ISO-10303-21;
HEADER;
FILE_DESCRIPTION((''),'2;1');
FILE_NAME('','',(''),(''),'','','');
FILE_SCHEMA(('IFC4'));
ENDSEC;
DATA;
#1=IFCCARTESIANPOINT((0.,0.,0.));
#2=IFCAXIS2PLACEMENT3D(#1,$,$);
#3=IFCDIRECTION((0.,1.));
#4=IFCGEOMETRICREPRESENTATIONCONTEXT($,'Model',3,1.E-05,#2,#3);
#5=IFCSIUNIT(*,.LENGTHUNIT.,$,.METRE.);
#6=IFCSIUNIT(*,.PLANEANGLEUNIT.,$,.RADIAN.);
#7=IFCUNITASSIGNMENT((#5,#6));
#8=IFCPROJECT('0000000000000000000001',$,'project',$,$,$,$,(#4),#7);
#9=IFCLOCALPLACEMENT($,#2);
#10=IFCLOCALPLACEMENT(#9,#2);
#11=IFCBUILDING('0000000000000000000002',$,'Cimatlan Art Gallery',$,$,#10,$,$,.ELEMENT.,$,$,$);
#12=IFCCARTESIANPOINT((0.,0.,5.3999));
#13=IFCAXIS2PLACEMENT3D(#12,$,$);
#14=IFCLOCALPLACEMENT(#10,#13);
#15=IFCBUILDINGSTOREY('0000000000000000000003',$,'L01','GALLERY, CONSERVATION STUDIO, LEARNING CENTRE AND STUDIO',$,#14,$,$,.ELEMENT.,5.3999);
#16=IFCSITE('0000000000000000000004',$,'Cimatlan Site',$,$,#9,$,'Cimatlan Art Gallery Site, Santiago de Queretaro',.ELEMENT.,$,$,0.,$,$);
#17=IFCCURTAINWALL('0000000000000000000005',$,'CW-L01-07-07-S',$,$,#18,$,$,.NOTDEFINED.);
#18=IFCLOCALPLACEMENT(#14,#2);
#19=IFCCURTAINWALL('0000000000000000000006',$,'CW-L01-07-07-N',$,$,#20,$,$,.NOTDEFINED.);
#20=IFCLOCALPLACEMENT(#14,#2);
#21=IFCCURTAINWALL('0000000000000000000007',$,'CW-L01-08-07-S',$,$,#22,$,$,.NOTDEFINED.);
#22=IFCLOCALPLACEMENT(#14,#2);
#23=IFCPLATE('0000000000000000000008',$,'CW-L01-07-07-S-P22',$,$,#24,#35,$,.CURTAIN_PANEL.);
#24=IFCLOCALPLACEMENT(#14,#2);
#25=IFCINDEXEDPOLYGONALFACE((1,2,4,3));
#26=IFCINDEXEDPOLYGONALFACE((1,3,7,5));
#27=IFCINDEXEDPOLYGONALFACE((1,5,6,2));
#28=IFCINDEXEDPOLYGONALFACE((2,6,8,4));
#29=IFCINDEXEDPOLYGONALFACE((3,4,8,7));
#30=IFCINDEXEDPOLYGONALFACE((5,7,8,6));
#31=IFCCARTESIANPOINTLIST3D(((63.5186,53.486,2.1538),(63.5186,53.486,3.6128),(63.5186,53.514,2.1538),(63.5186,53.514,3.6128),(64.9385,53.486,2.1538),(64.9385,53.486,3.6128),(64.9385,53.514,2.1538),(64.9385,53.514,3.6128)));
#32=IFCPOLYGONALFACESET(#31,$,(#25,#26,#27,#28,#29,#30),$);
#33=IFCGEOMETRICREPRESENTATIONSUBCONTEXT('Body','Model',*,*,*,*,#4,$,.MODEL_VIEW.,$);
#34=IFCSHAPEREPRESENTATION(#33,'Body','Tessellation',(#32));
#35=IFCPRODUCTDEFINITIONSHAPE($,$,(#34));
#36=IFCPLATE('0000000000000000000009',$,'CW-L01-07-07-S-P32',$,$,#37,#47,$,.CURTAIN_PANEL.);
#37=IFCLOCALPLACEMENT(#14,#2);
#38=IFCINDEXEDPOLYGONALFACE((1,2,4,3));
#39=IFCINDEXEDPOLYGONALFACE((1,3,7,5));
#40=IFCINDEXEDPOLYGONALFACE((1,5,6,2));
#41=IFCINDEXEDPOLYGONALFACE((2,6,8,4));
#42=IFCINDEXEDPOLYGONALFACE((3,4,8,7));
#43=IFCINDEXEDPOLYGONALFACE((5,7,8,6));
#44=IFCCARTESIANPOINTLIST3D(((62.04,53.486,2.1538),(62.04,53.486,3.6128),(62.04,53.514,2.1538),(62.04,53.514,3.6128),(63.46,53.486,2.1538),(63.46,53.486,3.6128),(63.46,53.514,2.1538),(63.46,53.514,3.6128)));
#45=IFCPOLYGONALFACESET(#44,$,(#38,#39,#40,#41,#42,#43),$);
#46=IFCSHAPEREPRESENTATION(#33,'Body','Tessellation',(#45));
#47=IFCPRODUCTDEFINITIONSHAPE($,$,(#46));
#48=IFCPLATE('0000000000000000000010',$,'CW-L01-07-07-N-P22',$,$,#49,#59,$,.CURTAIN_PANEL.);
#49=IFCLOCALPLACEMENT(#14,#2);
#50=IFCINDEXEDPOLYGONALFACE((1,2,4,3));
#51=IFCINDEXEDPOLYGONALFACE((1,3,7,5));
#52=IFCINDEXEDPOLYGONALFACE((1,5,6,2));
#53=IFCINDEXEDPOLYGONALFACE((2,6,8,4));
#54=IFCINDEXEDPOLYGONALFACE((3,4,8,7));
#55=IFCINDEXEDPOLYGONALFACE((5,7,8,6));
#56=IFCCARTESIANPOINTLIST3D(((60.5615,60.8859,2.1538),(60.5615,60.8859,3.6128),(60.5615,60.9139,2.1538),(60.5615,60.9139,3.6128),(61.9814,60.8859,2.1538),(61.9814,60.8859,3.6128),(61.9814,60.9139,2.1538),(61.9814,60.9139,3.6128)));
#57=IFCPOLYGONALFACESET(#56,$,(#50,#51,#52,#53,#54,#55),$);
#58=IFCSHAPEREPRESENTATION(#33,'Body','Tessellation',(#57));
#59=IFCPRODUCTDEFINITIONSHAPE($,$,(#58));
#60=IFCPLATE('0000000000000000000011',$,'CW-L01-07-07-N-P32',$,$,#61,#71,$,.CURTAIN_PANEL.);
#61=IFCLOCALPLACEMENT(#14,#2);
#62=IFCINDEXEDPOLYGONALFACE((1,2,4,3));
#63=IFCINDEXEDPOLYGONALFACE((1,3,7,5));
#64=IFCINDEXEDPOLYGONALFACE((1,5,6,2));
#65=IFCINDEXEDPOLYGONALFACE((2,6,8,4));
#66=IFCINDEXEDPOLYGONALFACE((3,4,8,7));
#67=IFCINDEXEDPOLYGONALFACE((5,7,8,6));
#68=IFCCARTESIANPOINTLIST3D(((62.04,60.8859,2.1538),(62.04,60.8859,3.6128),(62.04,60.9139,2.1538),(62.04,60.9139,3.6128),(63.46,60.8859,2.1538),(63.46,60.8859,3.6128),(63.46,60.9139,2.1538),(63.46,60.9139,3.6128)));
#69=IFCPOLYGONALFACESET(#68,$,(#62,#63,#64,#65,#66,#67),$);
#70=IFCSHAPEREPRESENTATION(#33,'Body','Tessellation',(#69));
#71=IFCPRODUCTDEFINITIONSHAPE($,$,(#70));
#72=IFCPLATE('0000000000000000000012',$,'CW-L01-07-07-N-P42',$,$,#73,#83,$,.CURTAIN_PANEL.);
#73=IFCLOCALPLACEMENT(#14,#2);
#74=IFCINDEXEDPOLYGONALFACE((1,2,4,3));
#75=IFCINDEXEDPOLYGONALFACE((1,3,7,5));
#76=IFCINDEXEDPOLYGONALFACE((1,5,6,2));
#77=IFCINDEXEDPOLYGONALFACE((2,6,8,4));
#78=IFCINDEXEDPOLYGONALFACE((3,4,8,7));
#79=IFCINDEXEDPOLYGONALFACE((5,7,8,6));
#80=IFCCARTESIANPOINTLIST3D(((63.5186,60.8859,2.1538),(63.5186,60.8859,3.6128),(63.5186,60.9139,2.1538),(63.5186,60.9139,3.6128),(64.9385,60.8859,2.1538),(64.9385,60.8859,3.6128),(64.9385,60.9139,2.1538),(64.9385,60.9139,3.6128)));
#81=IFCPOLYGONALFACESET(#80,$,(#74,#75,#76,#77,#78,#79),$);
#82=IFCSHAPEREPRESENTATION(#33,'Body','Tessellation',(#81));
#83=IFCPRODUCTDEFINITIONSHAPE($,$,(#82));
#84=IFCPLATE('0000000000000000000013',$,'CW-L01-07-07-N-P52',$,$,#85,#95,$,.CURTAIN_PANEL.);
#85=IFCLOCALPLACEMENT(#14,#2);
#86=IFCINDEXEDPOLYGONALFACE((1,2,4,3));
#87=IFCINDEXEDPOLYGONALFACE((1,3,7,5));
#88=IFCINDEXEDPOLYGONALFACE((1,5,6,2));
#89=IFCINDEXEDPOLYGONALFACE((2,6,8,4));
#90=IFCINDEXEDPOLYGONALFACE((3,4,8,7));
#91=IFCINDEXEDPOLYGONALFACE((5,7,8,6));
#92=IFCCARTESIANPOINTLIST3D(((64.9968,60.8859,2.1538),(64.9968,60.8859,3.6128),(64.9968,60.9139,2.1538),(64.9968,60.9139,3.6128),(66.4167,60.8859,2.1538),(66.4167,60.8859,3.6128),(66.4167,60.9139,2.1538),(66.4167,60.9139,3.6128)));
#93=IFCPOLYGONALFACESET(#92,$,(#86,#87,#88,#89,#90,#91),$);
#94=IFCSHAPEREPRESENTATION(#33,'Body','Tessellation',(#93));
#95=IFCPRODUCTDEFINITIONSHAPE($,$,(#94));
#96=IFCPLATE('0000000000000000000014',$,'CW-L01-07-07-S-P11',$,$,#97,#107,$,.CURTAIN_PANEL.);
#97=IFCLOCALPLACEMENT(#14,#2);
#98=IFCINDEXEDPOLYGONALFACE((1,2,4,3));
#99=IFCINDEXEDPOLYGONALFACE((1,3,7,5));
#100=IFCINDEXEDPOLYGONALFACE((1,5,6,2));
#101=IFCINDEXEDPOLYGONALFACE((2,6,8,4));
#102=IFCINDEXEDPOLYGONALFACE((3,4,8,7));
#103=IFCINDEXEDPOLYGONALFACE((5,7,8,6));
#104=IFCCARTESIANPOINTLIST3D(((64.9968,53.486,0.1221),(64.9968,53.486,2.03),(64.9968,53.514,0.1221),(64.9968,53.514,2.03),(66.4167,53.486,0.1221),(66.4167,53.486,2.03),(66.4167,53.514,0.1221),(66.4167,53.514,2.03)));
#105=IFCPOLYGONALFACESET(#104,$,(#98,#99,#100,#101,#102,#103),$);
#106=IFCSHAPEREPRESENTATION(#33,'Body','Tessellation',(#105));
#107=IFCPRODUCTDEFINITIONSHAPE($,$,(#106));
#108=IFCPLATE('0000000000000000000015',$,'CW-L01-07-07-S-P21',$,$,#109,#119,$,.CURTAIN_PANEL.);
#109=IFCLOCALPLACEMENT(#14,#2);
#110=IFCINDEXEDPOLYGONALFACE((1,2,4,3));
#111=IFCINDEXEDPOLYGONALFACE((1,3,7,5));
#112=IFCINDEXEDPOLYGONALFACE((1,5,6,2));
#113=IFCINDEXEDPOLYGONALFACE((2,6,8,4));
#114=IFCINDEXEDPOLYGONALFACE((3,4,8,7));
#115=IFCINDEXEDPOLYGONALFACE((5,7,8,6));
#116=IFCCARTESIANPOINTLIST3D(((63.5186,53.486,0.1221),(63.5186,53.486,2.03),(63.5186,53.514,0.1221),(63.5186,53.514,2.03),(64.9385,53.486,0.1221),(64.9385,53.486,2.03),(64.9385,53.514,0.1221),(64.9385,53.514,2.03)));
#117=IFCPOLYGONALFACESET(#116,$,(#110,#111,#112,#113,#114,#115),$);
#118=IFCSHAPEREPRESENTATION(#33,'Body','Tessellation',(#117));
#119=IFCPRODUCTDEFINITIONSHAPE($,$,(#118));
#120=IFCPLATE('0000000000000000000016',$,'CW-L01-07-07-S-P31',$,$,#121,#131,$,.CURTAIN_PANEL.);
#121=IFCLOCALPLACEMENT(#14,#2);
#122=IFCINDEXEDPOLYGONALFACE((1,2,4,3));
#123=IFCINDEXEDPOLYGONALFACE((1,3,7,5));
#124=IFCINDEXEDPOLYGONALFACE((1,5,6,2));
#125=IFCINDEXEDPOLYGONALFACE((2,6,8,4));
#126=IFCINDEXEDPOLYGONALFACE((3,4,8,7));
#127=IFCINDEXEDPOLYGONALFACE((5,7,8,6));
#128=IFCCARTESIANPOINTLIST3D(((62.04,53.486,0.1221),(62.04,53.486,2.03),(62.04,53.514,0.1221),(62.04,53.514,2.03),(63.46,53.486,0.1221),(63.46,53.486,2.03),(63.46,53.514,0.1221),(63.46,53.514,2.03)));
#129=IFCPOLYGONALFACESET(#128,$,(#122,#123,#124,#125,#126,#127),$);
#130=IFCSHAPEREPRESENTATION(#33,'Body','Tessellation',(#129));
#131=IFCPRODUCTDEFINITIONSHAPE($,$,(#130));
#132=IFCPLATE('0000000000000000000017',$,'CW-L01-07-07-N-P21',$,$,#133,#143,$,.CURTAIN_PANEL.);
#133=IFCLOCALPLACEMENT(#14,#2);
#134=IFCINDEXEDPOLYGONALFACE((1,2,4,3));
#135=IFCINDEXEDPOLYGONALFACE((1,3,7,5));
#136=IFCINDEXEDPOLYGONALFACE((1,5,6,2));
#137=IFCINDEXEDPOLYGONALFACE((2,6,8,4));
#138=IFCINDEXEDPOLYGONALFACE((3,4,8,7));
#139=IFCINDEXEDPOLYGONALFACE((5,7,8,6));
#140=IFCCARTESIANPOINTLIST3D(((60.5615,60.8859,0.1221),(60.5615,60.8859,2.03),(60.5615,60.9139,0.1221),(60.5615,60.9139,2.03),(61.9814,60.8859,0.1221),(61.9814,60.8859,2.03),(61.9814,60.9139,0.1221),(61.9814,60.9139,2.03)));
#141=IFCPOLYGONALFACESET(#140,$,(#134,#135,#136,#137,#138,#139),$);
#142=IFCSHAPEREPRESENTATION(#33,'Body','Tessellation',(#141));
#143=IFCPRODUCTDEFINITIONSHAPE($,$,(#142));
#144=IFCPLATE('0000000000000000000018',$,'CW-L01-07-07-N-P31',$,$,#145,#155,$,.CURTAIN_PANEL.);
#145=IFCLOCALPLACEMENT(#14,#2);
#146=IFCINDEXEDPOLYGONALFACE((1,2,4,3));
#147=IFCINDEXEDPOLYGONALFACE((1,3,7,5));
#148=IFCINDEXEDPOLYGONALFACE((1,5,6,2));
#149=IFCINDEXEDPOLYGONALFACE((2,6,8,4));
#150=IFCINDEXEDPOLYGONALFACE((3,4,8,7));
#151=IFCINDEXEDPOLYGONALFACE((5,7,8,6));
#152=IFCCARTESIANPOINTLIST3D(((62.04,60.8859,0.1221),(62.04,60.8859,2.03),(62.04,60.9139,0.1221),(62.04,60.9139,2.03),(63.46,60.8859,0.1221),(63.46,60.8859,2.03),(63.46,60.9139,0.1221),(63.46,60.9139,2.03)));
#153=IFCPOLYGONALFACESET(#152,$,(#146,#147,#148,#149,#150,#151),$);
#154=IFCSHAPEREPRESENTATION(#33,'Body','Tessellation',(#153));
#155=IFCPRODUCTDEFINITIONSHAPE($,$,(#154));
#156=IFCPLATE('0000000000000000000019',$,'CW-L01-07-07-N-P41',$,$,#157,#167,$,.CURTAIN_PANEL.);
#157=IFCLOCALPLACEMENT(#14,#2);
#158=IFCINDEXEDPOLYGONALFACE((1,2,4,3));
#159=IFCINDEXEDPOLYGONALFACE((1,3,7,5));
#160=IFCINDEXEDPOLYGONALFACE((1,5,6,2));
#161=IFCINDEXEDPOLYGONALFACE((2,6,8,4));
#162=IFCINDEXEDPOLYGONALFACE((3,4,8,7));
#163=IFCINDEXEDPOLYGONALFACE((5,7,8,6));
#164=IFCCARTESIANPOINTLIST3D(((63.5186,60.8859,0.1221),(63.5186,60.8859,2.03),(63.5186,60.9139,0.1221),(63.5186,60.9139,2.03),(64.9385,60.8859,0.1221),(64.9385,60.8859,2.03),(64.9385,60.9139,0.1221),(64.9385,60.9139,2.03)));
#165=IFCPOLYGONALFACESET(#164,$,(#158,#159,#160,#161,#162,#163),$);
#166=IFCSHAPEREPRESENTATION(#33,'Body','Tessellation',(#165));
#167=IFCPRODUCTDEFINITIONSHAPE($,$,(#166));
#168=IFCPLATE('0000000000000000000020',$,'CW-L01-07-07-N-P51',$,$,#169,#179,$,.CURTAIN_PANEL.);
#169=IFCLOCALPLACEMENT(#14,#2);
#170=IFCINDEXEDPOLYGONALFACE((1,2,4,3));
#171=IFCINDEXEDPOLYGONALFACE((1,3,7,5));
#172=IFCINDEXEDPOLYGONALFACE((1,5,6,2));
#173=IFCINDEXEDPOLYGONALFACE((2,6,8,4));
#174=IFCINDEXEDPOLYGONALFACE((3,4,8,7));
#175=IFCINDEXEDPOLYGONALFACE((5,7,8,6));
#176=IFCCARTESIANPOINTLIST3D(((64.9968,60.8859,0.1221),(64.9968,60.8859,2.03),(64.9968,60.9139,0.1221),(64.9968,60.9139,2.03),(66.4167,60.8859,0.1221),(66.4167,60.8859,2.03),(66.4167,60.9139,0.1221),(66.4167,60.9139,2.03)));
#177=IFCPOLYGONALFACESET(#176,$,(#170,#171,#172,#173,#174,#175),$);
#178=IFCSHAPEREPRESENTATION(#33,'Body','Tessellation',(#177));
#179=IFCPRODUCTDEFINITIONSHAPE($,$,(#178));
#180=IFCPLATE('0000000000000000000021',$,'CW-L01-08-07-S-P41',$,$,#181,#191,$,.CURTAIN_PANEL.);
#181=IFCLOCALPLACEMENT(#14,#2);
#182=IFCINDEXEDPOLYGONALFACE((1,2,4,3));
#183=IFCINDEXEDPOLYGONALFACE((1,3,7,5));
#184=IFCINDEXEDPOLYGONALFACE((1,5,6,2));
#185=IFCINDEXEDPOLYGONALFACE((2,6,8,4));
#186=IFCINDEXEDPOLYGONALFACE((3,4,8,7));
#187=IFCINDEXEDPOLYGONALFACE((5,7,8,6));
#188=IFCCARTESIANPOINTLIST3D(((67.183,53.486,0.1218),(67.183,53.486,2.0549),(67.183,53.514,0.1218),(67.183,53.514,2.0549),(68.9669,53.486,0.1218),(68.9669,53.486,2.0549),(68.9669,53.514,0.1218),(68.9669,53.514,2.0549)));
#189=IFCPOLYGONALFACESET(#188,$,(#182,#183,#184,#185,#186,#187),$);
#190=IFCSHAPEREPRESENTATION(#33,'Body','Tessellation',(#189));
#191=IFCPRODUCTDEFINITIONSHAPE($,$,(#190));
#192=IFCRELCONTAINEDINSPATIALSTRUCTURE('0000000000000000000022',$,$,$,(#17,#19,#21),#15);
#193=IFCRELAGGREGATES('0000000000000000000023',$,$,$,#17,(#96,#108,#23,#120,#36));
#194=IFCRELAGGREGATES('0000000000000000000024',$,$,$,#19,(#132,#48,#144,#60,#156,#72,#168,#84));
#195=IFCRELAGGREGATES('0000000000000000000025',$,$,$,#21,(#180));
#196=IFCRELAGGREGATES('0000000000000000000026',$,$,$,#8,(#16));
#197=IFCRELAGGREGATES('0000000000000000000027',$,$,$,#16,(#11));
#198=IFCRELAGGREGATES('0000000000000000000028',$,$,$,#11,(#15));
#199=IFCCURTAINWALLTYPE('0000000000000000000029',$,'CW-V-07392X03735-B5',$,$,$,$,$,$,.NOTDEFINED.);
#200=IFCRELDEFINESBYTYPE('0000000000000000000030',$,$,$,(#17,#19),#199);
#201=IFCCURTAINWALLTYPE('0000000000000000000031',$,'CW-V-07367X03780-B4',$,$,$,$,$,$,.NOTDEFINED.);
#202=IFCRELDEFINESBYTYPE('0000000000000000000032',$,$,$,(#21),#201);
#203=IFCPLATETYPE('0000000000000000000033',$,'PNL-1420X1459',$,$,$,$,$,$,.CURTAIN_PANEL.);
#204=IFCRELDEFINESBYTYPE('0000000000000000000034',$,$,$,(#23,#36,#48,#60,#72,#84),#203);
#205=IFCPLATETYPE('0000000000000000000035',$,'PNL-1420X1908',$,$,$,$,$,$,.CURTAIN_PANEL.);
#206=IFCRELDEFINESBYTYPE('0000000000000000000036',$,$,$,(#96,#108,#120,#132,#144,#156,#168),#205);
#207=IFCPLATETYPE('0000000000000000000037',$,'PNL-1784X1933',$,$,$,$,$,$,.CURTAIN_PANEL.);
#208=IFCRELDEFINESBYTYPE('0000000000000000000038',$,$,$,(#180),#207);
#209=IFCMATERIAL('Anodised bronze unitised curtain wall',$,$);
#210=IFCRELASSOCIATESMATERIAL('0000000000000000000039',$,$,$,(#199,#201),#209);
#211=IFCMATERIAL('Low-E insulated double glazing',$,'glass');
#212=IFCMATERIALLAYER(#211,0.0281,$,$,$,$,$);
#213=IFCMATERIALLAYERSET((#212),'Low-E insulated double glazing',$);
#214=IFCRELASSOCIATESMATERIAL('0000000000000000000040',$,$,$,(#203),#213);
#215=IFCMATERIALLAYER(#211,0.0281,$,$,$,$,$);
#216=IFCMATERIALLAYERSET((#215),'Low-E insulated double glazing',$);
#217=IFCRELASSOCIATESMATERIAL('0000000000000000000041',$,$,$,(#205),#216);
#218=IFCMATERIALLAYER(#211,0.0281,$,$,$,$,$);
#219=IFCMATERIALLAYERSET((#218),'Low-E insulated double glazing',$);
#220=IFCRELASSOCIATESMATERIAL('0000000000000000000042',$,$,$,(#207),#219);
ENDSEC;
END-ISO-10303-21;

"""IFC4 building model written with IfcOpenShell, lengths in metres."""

from ifc_helpers import new_model, si_unit, direction, frame, origin, origin_2d, place, context, subcontext, project, spatial, rectangle, extrude, material, layer, layer_set, type_object, element, aggregate, save


model = new_model("IFC4")

# Units and contexts
model_context = context("Model", 3, precision=1e-05, world=origin(), true_north=direction((0.0, 1.0)))
body_context = subcontext(model_context, "Body", "Model", "MODEL_VIEW")
ifc_project = project(units=[si_unit("LENGTHUNIT", "METRE"), si_unit("PLANEANGLEUNIT", "RADIAN")], contexts=[model_context])

# Site, building, storey
site_placement = place(None, origin())
site = spatial("IfcSite", under=ifc_project, at=site_placement, Name="Cimatlan Site", LongName="Cimatlan Art Gallery Site, Santiago de Queretaro", CompositionType="ELEMENT", RefElevation=0.0)
building_placement = place(site_placement, origin())
building = spatial("IfcBuilding", under=site, at=building_placement, Name="Cimatlan Art Gallery", CompositionType="ELEMENT")
storey_placement = place(building_placement, frame((0.0, 0.0, 5.3999)))
storey = spatial("IfcBuildingStorey", under=building, at=storey_placement, Name="L01", Description="GALLERY, CONSERVATION STUDIO, LEARNING CENTRE AND STUDIO", CompositionType="ELEMENT", Elevation=5.3999)

# Curtain walls
ifc_material_1 = material(Name="Anodised bronze unitised curtain wall")
curtain_wall_type_1 = type_object("IfcCurtainWallType", Name="CW-V-07392X03735-B5", PredefinedType="NOTDEFINED", material=ifc_material_1)
curtain_wall_1_placement = place(storey_placement, origin())
curtain_wall_1 = element("IfcCurtainWall", 1, at=curtain_wall_1_placement, inside=storey, type_object=curtain_wall_type_1, Name="CW-L01-07-07-S", PredefinedType="NOTDEFINED")
curtain_wall_2_placement = place(storey_placement, origin())
curtain_wall_2 = element("IfcCurtainWall", 2, at=curtain_wall_2_placement, inside=storey, type_object=curtain_wall_type_1, Name="CW-L01-07-07-N", PredefinedType="NOTDEFINED")

# Curtain wall
curtain_wall_type_2 = type_object("IfcCurtainWallType", Name="CW-V-07367X03780-B4", PredefinedType="NOTDEFINED", material=ifc_material_1)
curtain_wall_3_placement = place(storey_placement, origin())
curtain_wall_3 = element("IfcCurtainWall", 3, at=curtain_wall_3_placement, inside=storey, type_object=curtain_wall_type_2, Name="CW-L01-08-07-S", PredefinedType="NOTDEFINED")

# Plates
ifc_material_2 = material(Name="Low-E insulated double glazing", Category="glass")
ifc_layer_1 = layer(ifc_material_2, 0.0281)
ifc_layer_set_1 = layer_set([ifc_layer_1], Name="Low-E insulated double glazing")
plate_type_1 = type_object("IfcPlateType", Name="PNL-1420X1459", PredefinedType="CURTAIN_PANEL", material=ifc_layer_set_1)
plate_1_placement = place(storey_placement, frame((64.2285, 53.5, 2.1538), z_axis=(0.0, 0.0, 1.0), x_axis=(-1.0, 0.0, 0.0)))
plate_1 = element("IfcPlate", 4, at=plate_1_placement, type_object=plate_type_1, Name="CW-L01-07-07-S-P22", PredefinedType="CURTAIN_PANEL", context=body_context, shape_type="SweptSolid", body=[
    extrude(rectangle(XDim=1.4199, YDim=0.0281, at=origin_2d()), origin(), (0.0, 0.0, 1.0), 1.459),
])
plate_2_placement = place(storey_placement, frame((62.75, 53.5, 2.1538), z_axis=(0.0, 0.0, 1.0), x_axis=(-1.0, 0.0, 0.0)))
plate_2 = element("IfcPlate", 5, at=plate_2_placement, type_object=plate_type_1, Name="CW-L01-07-07-S-P32", PredefinedType="CURTAIN_PANEL", context=body_context, shape_type="SweptSolid", body=[
    extrude(rectangle(XDim=1.4199, YDim=0.0281, at=origin_2d()), origin(), (0.0, 0.0, 1.0), 1.459),
])
plate_3_placement = place(storey_placement, frame((61.2715, 60.8999, 2.1538), z_axis=(0.0, 0.0, 1.0), x_axis=(1.0, 0.0, 0.0)))
plate_3 = element("IfcPlate", 6, at=plate_3_placement, type_object=plate_type_1, Name="CW-L01-07-07-N-P22", PredefinedType="CURTAIN_PANEL", context=body_context, shape_type="SweptSolid", body=[
    extrude(rectangle(XDim=1.4199, YDim=0.0281, at=origin_2d()), origin(), (0.0, 0.0, 1.0), 1.459),
])
plate_4_placement = place(storey_placement, frame((62.75, 60.8999, 2.1538), z_axis=(0.0, 0.0, 1.0), x_axis=(1.0, 0.0, 0.0)))
plate_4 = element("IfcPlate", 7, at=plate_4_placement, type_object=plate_type_1, Name="CW-L01-07-07-N-P32", PredefinedType="CURTAIN_PANEL", context=body_context, shape_type="SweptSolid", body=[
    extrude(rectangle(XDim=1.4199, YDim=0.0281, at=origin_2d()), origin(), (0.0, 0.0, 1.0), 1.459),
])
plate_5_placement = place(storey_placement, frame((64.2285, 60.8999, 2.1538), z_axis=(0.0, 0.0, 1.0), x_axis=(1.0, 0.0, 0.0)))
plate_5 = element("IfcPlate", 8, at=plate_5_placement, type_object=plate_type_1, Name="CW-L01-07-07-N-P42", PredefinedType="CURTAIN_PANEL", context=body_context, shape_type="SweptSolid", body=[
    extrude(rectangle(XDim=1.4199, YDim=0.0281, at=origin_2d()), origin(), (0.0, 0.0, 1.0), 1.459),
])
plate_6_placement = place(storey_placement, frame((65.7068, 60.8999, 2.1538), z_axis=(0.0, 0.0, 1.0), x_axis=(1.0, 0.0, 0.0)))
plate_6 = element("IfcPlate", 9, at=plate_6_placement, type_object=plate_type_1, Name="CW-L01-07-07-N-P52", PredefinedType="CURTAIN_PANEL", context=body_context, shape_type="SweptSolid", body=[
    extrude(rectangle(XDim=1.4199, YDim=0.0281, at=origin_2d()), origin(), (0.0, 0.0, 1.0), 1.459),
])
ifc_layer_2 = layer(ifc_material_2, 0.0281)
ifc_layer_set_2 = layer_set([ifc_layer_2], Name="Low-E insulated double glazing")
plate_type_2 = type_object("IfcPlateType", Name="PNL-1420X1908", PredefinedType="CURTAIN_PANEL", material=ifc_layer_set_2)
plate_7_placement = place(storey_placement, frame((65.7068, 53.5, 0.1221), z_axis=(0.0, 0.0, 1.0), x_axis=(-1.0, 0.0, 0.0)))
plate_7 = element("IfcPlate", 10, at=plate_7_placement, type_object=plate_type_2, Name="CW-L01-07-07-S-P11", PredefinedType="CURTAIN_PANEL", context=body_context, shape_type="SweptSolid", body=[
    extrude(rectangle(XDim=1.4199, YDim=0.0281, at=origin_2d()), origin(), (0.0, 0.0, 1.0), 1.908),
])
plate_8_placement = place(storey_placement, frame((64.2285, 53.5, 0.1221), z_axis=(0.0, 0.0, 1.0), x_axis=(-1.0, 0.0, 0.0)))
plate_8 = element("IfcPlate", 11, at=plate_8_placement, type_object=plate_type_2, Name="CW-L01-07-07-S-P21", PredefinedType="CURTAIN_PANEL", context=body_context, shape_type="SweptSolid", body=[
    extrude(rectangle(XDim=1.4199, YDim=0.0281, at=origin_2d()), origin(), (0.0, 0.0, 1.0), 1.908),
])
plate_9_placement = place(storey_placement, frame((62.75, 53.5, 0.1221), z_axis=(0.0, 0.0, 1.0), x_axis=(-1.0, 0.0, 0.0)))
plate_9 = element("IfcPlate", 12, at=plate_9_placement, type_object=plate_type_2, Name="CW-L01-07-07-S-P31", PredefinedType="CURTAIN_PANEL", context=body_context, shape_type="SweptSolid", body=[
    extrude(rectangle(XDim=1.4199, YDim=0.0281, at=origin_2d()), origin(), (0.0, 0.0, 1.0), 1.908),
])
aggregate(curtain_wall_1, [plate_7, plate_8, plate_1, plate_9, plate_2])
plate_10_placement = place(storey_placement, frame((61.2715, 60.8999, 0.1221), z_axis=(0.0, 0.0, 1.0), x_axis=(1.0, 0.0, 0.0)))
plate_10 = element("IfcPlate", 13, at=plate_10_placement, type_object=plate_type_2, Name="CW-L01-07-07-N-P21", PredefinedType="CURTAIN_PANEL", context=body_context, shape_type="SweptSolid", body=[
    extrude(rectangle(XDim=1.4199, YDim=0.0281, at=origin_2d()), origin(), (0.0, 0.0, 1.0), 1.908),
])
plate_11_placement = place(storey_placement, frame((62.75, 60.8999, 0.1221), z_axis=(0.0, 0.0, 1.0), x_axis=(1.0, 0.0, 0.0)))
plate_11 = element("IfcPlate", 14, at=plate_11_placement, type_object=plate_type_2, Name="CW-L01-07-07-N-P31", PredefinedType="CURTAIN_PANEL", context=body_context, shape_type="SweptSolid", body=[
    extrude(rectangle(XDim=1.4199, YDim=0.0281, at=origin_2d()), origin(), (0.0, 0.0, 1.0), 1.908),
])
plate_12_placement = place(storey_placement, frame((64.2285, 60.8999, 0.1221), z_axis=(0.0, 0.0, 1.0), x_axis=(1.0, 0.0, 0.0)))
plate_12 = element("IfcPlate", 15, at=plate_12_placement, type_object=plate_type_2, Name="CW-L01-07-07-N-P41", PredefinedType="CURTAIN_PANEL", context=body_context, shape_type="SweptSolid", body=[
    extrude(rectangle(XDim=1.4199, YDim=0.0281, at=origin_2d()), origin(), (0.0, 0.0, 1.0), 1.908),
])
plate_13_placement = place(storey_placement, frame((65.7068, 60.8999, 0.1221), z_axis=(0.0, 0.0, 1.0), x_axis=(1.0, 0.0, 0.0)))
plate_13 = element("IfcPlate", 16, at=plate_13_placement, type_object=plate_type_2, Name="CW-L01-07-07-N-P51", PredefinedType="CURTAIN_PANEL", context=body_context, shape_type="SweptSolid", body=[
    extrude(rectangle(XDim=1.4199, YDim=0.0281, at=origin_2d()), origin(), (0.0, 0.0, 1.0), 1.908),
])
aggregate(curtain_wall_2, [plate_10, plate_3, plate_11, plate_4, plate_12, plate_5, plate_13, plate_6])
ifc_layer_3 = layer(ifc_material_2, 0.0281)
ifc_layer_set_3 = layer_set([ifc_layer_3], Name="Low-E insulated double glazing")
plate_type_3 = type_object("IfcPlateType", Name="PNL-1784X1933", PredefinedType="CURTAIN_PANEL", material=ifc_layer_set_3)
plate_14_placement = place(storey_placement, frame((68.075, 53.5, 0.1218), z_axis=(0.0, 0.0, 1.0), x_axis=(-1.0, 0.0, 0.0)))
plate_14 = element("IfcPlate", 17, at=plate_14_placement, type_object=plate_type_3, Name="CW-L01-08-07-S-P41", PredefinedType="CURTAIN_PANEL", context=body_context, shape_type="SweptSolid", body=[
    extrude(rectangle(XDim=1.7839, YDim=0.0281, at=origin_2d()), origin(), (0.0, 0.0, 1.0), 1.9331),
])
aggregate(curtain_wall_3, [plate_14])

save(model, "model.ifc")
